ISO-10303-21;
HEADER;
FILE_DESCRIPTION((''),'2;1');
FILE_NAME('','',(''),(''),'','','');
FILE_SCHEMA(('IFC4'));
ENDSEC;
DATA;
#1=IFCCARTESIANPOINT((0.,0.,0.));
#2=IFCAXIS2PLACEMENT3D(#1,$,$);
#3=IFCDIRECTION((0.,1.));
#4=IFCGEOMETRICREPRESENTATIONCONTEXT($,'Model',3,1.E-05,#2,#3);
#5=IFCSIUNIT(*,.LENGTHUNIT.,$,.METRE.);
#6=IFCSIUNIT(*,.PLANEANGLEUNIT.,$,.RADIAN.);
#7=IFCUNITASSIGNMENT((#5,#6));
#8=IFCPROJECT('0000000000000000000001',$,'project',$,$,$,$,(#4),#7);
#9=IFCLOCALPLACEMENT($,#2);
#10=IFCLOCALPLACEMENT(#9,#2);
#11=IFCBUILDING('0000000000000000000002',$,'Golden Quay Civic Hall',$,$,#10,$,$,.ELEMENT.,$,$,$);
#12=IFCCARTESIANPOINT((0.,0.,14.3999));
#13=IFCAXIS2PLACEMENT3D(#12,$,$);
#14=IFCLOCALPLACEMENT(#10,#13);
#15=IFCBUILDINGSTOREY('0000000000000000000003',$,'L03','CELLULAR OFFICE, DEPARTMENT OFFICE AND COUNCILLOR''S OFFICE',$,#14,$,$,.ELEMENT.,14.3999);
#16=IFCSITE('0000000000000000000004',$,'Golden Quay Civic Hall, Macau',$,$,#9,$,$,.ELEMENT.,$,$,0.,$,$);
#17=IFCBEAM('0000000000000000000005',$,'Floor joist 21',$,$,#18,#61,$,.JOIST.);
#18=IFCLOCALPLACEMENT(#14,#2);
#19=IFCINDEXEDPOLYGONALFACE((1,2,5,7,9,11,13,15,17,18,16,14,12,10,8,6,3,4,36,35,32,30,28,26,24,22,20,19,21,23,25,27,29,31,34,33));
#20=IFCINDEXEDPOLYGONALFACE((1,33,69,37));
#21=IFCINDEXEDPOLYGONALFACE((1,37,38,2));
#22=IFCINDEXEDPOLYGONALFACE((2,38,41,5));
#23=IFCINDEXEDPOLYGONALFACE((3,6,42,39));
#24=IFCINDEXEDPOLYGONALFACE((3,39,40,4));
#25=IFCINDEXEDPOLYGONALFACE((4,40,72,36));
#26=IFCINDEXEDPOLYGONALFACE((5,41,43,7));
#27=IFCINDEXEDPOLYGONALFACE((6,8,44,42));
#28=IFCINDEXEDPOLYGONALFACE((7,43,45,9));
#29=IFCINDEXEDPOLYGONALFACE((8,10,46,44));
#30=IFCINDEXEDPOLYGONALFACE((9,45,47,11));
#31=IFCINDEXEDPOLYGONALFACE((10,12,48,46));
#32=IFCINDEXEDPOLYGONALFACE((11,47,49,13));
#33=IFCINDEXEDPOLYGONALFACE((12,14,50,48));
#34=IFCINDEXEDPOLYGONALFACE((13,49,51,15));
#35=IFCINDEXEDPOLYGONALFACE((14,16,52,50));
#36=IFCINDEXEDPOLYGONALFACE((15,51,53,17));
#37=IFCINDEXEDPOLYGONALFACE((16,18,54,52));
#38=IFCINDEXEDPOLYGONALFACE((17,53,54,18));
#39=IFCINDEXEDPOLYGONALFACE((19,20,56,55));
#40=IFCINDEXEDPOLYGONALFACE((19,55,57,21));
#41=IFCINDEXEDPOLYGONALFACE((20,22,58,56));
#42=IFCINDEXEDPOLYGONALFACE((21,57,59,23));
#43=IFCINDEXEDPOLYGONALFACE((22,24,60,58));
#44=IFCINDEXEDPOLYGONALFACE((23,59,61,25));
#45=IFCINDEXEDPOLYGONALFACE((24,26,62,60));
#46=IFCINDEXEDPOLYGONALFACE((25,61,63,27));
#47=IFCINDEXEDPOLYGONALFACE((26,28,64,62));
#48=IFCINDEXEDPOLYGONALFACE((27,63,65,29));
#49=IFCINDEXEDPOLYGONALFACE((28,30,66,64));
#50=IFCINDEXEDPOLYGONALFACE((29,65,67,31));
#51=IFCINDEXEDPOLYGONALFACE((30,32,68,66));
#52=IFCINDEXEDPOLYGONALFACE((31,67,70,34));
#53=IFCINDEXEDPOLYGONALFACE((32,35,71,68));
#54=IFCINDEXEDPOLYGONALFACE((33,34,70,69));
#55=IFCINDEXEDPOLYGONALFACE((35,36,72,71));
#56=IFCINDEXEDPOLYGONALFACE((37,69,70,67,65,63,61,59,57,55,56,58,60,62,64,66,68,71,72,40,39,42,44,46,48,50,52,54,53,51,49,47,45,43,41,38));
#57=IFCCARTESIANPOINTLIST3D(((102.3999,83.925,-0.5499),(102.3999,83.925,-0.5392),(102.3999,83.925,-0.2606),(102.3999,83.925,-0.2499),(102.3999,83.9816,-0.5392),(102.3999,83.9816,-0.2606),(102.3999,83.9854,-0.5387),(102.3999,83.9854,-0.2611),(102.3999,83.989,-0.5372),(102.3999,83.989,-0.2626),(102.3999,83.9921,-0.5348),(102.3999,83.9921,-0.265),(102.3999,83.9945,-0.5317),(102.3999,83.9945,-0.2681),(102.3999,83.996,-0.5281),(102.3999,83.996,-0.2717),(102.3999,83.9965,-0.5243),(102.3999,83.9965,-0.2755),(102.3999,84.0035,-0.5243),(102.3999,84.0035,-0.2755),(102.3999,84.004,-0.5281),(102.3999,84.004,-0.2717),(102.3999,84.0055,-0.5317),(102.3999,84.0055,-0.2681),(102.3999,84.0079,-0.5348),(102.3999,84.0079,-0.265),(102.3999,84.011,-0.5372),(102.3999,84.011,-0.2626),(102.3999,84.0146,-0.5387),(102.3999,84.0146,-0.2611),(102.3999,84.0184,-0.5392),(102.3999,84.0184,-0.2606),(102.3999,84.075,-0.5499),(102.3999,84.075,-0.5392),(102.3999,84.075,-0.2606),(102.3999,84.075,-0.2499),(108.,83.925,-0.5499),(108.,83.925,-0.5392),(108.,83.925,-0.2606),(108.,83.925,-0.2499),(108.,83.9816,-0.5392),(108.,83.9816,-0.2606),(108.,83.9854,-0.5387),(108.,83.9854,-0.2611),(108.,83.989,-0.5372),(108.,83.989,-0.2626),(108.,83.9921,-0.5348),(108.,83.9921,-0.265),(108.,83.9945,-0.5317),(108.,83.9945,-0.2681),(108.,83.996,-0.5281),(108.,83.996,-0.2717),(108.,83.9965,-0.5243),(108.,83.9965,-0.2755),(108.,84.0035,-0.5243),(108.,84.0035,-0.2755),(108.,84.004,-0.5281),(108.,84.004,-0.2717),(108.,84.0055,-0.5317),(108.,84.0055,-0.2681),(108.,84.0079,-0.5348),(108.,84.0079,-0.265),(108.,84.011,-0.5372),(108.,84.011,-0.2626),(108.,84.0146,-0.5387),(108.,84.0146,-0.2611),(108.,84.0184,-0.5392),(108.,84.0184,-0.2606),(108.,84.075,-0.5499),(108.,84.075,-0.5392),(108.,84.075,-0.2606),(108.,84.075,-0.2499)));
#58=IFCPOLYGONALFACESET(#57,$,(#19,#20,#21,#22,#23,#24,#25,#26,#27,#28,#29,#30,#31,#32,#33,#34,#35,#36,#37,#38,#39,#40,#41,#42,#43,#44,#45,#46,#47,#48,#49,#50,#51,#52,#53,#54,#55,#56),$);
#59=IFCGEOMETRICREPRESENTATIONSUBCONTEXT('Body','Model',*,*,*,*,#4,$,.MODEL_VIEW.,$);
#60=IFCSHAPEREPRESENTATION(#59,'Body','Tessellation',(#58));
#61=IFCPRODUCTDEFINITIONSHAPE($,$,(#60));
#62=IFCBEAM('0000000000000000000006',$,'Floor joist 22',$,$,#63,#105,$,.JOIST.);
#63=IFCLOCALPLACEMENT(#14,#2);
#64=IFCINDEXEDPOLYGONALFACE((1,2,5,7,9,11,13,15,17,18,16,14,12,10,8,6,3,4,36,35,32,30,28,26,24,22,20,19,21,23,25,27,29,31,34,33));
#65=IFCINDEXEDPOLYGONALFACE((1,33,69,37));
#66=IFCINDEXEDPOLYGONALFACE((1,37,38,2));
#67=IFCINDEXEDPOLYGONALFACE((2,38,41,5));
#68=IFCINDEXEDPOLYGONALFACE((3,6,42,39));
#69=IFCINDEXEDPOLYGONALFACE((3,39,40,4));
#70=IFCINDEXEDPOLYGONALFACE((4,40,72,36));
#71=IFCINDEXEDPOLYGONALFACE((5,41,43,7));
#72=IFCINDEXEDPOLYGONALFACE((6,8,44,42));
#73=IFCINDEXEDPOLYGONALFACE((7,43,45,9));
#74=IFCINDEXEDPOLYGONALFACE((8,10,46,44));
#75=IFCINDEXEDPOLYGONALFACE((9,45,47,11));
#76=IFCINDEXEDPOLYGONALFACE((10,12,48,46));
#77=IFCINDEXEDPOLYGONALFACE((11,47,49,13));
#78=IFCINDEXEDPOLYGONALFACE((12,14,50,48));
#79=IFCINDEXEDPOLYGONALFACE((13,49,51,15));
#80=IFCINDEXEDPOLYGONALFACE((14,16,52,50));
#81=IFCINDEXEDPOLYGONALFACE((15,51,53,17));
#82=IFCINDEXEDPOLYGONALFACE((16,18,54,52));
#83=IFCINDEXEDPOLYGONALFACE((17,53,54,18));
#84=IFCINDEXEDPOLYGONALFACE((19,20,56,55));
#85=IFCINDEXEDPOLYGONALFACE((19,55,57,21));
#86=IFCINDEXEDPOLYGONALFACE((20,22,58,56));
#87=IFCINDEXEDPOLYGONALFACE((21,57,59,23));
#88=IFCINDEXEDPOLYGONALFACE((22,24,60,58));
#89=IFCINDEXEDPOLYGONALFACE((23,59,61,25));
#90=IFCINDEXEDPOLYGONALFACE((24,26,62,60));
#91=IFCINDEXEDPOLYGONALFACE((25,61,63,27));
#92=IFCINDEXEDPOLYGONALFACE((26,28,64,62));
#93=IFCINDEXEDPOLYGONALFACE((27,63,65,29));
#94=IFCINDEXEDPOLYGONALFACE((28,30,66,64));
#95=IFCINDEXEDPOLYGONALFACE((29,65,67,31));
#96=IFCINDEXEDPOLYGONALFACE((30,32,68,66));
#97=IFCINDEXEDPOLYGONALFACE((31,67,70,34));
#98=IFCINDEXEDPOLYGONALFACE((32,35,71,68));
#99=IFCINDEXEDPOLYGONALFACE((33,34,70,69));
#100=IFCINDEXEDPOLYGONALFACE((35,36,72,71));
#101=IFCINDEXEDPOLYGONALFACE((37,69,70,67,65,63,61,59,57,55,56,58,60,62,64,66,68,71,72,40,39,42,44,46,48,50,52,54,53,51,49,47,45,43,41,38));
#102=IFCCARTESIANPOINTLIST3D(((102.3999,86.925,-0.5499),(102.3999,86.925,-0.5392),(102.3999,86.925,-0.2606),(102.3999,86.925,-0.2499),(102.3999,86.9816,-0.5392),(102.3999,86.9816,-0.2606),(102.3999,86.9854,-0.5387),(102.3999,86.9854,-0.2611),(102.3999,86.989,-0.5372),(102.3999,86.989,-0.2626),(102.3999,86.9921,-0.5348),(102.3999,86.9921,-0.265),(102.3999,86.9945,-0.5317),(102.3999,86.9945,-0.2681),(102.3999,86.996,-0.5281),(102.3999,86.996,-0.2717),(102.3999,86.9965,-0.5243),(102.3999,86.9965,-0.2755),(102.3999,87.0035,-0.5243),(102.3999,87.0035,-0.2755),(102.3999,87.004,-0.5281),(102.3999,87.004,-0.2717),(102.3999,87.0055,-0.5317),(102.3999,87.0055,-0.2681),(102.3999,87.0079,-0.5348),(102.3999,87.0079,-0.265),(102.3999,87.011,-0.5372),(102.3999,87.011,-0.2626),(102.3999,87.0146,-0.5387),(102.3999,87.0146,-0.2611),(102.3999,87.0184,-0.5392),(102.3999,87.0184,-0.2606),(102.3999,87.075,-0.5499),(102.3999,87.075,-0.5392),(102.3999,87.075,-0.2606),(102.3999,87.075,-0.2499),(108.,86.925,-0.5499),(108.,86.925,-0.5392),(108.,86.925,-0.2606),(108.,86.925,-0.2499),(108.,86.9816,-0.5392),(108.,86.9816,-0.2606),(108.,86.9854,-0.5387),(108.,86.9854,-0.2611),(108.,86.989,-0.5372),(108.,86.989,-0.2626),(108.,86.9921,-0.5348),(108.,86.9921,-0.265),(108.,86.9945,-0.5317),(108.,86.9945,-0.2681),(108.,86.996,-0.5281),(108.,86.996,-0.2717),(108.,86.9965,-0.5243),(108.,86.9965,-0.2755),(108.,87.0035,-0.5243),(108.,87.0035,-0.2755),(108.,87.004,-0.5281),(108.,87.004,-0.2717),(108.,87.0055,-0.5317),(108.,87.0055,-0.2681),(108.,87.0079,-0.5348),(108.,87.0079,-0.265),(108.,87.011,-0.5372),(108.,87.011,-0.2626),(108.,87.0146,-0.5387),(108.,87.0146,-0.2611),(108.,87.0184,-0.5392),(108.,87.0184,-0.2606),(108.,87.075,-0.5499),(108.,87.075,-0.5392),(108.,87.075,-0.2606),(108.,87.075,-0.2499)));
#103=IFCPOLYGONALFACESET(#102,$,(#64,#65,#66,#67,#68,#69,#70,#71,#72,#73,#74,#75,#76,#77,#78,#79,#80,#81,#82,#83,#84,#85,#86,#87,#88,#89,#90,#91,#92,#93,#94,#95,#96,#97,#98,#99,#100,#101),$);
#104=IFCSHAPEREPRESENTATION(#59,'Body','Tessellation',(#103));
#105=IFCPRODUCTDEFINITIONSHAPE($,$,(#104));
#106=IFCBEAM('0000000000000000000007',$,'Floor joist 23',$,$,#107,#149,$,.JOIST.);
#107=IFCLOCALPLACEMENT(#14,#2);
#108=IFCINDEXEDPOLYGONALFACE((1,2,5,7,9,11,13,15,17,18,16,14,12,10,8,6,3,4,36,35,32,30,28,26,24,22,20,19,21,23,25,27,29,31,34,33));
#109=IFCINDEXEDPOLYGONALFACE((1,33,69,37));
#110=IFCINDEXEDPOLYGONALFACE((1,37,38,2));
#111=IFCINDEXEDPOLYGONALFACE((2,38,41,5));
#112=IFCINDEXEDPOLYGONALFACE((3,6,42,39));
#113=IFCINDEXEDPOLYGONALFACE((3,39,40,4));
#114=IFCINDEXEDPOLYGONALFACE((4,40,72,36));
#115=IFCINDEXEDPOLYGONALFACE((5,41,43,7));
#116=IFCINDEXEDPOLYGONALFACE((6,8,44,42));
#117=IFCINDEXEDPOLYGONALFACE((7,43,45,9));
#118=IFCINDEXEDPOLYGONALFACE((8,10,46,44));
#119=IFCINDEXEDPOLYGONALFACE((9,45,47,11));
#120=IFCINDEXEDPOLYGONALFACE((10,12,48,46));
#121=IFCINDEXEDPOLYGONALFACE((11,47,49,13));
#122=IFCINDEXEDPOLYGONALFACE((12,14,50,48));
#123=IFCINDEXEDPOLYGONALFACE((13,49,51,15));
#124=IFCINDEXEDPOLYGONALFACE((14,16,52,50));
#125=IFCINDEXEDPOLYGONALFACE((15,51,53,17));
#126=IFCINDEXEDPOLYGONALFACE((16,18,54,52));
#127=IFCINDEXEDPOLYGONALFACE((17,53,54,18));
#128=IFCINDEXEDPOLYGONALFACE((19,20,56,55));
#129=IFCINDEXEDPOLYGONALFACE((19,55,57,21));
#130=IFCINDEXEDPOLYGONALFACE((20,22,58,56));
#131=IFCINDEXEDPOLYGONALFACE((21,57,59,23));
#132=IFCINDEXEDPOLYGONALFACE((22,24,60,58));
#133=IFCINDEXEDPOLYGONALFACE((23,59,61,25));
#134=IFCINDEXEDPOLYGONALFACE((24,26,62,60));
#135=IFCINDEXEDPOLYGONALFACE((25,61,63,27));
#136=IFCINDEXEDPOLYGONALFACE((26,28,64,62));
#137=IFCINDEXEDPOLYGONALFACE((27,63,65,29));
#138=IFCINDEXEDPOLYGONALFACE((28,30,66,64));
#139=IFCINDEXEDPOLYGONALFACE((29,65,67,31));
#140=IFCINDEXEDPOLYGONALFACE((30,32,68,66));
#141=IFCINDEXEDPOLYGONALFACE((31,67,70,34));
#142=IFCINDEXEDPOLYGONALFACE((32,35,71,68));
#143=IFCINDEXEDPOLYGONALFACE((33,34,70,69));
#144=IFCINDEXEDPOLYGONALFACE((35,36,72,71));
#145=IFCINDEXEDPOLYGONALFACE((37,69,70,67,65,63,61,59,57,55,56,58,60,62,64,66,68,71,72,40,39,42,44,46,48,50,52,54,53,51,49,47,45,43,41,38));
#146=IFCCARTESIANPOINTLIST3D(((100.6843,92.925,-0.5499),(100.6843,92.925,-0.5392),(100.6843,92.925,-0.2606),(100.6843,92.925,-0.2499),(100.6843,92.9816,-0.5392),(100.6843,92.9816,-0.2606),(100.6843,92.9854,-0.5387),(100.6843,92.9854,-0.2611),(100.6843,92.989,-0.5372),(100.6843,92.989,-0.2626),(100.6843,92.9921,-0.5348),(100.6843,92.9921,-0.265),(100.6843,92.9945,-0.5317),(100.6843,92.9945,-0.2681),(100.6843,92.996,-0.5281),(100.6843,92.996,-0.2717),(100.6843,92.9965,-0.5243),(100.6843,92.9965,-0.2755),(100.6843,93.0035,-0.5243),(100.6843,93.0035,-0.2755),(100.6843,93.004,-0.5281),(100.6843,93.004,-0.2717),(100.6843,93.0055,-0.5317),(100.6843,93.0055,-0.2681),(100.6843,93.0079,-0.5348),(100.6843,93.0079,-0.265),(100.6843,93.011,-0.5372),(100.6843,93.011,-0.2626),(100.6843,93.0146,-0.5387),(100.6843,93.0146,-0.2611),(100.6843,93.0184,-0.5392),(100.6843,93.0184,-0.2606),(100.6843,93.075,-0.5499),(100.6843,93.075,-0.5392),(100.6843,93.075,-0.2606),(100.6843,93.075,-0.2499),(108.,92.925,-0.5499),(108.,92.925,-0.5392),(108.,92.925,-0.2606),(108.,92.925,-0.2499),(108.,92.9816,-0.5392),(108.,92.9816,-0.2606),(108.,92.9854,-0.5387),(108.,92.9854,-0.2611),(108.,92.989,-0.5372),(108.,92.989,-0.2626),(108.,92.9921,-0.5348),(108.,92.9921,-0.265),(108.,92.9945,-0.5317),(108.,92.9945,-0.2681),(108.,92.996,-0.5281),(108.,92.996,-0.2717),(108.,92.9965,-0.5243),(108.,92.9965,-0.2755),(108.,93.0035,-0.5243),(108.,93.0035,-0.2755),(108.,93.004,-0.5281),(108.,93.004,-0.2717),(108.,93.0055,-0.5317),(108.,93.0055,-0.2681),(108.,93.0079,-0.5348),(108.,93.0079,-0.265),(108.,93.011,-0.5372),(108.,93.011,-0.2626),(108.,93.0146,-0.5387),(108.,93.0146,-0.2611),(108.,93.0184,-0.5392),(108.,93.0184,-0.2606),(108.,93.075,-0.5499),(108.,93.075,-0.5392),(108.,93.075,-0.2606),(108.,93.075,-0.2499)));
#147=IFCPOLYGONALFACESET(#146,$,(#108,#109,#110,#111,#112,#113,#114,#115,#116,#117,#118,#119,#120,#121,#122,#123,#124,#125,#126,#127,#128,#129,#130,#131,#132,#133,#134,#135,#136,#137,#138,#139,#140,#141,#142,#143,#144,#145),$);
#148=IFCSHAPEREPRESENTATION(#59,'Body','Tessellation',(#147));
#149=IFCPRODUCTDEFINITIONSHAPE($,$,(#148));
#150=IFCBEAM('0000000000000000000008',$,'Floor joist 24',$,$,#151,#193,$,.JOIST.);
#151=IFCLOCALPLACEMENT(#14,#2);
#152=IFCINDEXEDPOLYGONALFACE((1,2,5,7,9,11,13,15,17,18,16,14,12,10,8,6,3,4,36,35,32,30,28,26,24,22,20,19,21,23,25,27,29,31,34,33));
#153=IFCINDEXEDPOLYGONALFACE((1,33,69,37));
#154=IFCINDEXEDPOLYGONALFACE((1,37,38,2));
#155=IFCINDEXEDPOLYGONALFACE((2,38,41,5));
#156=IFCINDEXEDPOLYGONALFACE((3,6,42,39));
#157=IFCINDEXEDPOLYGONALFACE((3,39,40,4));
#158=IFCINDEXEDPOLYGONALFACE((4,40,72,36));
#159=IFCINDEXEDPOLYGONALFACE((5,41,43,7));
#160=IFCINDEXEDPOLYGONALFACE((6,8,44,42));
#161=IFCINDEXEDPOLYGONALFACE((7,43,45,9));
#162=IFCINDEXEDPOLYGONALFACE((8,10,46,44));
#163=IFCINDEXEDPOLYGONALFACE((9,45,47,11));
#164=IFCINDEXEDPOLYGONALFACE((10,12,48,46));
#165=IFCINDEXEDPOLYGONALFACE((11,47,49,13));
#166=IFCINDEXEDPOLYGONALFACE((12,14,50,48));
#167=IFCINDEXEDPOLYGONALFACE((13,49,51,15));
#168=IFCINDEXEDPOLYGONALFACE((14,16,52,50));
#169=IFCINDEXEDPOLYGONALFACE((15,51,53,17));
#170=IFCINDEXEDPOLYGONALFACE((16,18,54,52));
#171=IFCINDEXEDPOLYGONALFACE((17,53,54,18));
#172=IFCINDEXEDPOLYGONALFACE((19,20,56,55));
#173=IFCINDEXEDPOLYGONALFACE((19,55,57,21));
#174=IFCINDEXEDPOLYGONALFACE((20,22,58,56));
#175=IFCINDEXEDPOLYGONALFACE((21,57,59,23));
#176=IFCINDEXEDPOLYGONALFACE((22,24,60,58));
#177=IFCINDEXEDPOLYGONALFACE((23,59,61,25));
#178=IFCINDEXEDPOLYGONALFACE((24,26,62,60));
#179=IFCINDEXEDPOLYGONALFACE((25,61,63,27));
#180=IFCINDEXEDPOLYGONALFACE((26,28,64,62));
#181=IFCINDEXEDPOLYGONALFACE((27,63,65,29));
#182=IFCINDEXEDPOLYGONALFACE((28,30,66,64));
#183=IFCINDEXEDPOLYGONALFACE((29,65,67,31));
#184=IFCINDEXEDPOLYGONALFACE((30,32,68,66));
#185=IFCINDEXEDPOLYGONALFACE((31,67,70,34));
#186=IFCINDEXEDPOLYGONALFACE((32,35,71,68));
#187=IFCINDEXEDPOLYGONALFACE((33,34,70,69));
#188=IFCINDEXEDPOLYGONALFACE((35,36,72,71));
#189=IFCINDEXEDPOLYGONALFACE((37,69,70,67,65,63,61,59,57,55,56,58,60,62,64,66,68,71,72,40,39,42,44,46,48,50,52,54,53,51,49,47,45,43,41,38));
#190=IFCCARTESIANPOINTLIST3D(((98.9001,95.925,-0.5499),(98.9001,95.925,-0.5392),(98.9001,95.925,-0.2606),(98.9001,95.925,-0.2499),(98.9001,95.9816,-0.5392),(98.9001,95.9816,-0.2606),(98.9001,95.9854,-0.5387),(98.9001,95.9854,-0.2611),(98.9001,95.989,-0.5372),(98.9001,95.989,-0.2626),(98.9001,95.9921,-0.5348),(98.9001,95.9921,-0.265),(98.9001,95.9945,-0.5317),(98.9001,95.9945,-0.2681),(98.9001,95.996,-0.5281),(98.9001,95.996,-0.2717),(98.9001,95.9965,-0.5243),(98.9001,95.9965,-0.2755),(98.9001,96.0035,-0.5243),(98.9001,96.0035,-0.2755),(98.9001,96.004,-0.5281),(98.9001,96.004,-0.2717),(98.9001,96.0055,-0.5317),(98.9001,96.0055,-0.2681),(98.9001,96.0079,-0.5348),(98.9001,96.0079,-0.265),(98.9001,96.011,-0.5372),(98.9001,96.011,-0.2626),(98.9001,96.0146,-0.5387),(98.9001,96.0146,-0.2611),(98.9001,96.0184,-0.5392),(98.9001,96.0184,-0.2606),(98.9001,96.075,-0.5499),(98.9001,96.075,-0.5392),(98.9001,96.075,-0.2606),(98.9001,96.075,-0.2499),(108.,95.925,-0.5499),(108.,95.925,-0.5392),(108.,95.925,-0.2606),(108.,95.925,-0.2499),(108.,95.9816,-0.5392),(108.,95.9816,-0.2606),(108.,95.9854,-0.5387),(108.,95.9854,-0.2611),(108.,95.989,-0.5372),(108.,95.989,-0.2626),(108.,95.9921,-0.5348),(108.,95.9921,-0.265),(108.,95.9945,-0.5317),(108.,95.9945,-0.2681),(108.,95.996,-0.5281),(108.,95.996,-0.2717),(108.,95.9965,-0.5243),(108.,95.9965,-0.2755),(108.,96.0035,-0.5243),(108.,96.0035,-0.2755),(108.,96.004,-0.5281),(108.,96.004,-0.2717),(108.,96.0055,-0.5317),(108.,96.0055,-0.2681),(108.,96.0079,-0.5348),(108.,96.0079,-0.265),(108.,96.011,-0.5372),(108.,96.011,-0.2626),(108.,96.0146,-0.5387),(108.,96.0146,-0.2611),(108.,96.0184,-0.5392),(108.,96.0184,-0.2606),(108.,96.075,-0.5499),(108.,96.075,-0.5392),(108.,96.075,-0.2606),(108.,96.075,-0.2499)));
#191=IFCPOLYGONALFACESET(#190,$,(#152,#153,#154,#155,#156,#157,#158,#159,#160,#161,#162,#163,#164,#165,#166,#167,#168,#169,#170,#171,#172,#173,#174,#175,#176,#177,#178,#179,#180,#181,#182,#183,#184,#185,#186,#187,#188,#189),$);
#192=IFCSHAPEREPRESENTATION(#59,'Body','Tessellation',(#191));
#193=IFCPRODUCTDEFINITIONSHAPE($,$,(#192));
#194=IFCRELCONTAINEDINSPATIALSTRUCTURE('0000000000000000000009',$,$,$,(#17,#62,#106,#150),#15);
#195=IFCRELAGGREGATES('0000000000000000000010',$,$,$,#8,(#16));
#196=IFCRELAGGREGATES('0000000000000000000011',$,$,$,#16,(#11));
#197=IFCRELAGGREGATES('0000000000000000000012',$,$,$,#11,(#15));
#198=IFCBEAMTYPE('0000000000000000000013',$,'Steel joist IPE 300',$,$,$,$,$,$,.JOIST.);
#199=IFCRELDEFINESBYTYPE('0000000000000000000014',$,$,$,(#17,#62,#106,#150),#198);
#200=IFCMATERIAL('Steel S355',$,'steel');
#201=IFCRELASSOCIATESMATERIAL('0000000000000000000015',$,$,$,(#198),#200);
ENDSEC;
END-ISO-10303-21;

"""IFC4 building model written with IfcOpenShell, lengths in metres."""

from ifc_helpers import new_model, si_unit, direction, frame, origin, origin_2d, place, context, subcontext, project, spatial, i_section, extrude, material, material_profile, profile_set, type_object, element, save


model = new_model("IFC4")

# Units and contexts
model_context = context("Model", 3, precision=1e-05, world=origin(), true_north=direction((0.0, 1.0)))
body_context = subcontext(model_context, "Body", "Model", "MODEL_VIEW")
ifc_project = project(units=[si_unit("LENGTHUNIT", "METRE"), si_unit("PLANEANGLEUNIT", "RADIAN")], contexts=[model_context])

# Site, building, storey
site_placement = place(None, origin())
site = spatial("IfcSite", under=ifc_project, at=site_placement, Name="Golden Quay Civic Hall, Macau", CompositionType="ELEMENT", RefElevation=0.0)
building_placement = place(site_placement, origin())
building = spatial("IfcBuilding", under=site, at=building_placement, Name="Golden Quay Civic Hall", CompositionType="ELEMENT")
storey_placement = place(building_placement, frame((0.0, 0.0, 14.3999)))
storey = spatial("IfcBuildingStorey", under=building, at=storey_placement, Name="L03", Description="CELLULAR OFFICE, DEPARTMENT OFFICE AND COUNCILLOR'S OFFICE", CompositionType="ELEMENT", Elevation=14.3999)

# Beams
ifc_material_1 = material(Name="Steel S355", Category="steel")
ifc_material_profile_1 = material_profile(ifc_material_1, i_section(OverallWidth=0.1499, OverallDepth=0.3, WebThickness=0.0071, FlangeThickness=0.0107, FilletRadius=0.0149, at=origin_2d()), Name="IPE 300")
ifc_profile_set_1 = profile_set([ifc_material_profile_1], Name="Steel S355")
beam_type_1 = type_object("IfcBeamType", Name="Steel joist IPE 300", PredefinedType="JOIST", material=ifc_profile_set_1)
for number, where, z_axis, x_axis, name in (
    (1, (108.0, 84.0, -0.3999), (-1.0, 0.0, 0.0), (0.0, -1.0, 0.0), "Floor joist 21"),
    (2, (108.0, 87.0, -0.3999), (-1.0, 0.0, 0.0), (0.0, -1.0, 0.0), "Floor joist 22"),
):
    element("IfcBeam", number, at=place(storey_placement, frame(where, z_axis=z_axis, x_axis=x_axis)), inside=storey, type_object=beam_type_1, Name=name, PredefinedType="JOIST", context=body_context, shape_type="SweptSolid", body=[
        extrude(i_section(OverallWidth=0.1499, OverallDepth=0.3, WebThickness=0.0071, FlangeThickness=0.0107, FilletRadius=0.0149, at=origin_2d()), origin(), (0.0, 0.0, 1.0), 5.6001),
    ])
beam_1_placement = place(storey_placement, frame((108.0, 93.0, -0.3999), z_axis=(-1.0, 0.0, 0.0), x_axis=(0.0, -1.0, 0.0)))
element("IfcBeam", 3, at=beam_1_placement, inside=storey, type_object=beam_type_1, Name="Floor joist 23", PredefinedType="JOIST", context=body_context, shape_type="SweptSolid", body=[
    extrude(i_section(OverallWidth=0.1499, OverallDepth=0.3, WebThickness=0.0071, FlangeThickness=0.0107, FilletRadius=0.0149, at=origin_2d()), origin(), (0.0, 0.0, 1.0), 7.3157),
])
beam_2_placement = place(storey_placement, frame((108.0, 96.0, -0.3999), z_axis=(-1.0, 0.0, 0.0), x_axis=(0.0, -1.0, 0.0)))
element("IfcBeam", 4, at=beam_2_placement, inside=storey, type_object=beam_type_1, Name="Floor joist 24", PredefinedType="JOIST", context=body_context, shape_type="SweptSolid", body=[
    extrude(i_section(OverallWidth=0.1499, OverallDepth=0.3, WebThickness=0.0071, FlangeThickness=0.0107, FilletRadius=0.0149, at=origin_2d()), origin(), (0.0, 0.0, 1.0), 9.0999),
])

save(model, "model.ifc")
